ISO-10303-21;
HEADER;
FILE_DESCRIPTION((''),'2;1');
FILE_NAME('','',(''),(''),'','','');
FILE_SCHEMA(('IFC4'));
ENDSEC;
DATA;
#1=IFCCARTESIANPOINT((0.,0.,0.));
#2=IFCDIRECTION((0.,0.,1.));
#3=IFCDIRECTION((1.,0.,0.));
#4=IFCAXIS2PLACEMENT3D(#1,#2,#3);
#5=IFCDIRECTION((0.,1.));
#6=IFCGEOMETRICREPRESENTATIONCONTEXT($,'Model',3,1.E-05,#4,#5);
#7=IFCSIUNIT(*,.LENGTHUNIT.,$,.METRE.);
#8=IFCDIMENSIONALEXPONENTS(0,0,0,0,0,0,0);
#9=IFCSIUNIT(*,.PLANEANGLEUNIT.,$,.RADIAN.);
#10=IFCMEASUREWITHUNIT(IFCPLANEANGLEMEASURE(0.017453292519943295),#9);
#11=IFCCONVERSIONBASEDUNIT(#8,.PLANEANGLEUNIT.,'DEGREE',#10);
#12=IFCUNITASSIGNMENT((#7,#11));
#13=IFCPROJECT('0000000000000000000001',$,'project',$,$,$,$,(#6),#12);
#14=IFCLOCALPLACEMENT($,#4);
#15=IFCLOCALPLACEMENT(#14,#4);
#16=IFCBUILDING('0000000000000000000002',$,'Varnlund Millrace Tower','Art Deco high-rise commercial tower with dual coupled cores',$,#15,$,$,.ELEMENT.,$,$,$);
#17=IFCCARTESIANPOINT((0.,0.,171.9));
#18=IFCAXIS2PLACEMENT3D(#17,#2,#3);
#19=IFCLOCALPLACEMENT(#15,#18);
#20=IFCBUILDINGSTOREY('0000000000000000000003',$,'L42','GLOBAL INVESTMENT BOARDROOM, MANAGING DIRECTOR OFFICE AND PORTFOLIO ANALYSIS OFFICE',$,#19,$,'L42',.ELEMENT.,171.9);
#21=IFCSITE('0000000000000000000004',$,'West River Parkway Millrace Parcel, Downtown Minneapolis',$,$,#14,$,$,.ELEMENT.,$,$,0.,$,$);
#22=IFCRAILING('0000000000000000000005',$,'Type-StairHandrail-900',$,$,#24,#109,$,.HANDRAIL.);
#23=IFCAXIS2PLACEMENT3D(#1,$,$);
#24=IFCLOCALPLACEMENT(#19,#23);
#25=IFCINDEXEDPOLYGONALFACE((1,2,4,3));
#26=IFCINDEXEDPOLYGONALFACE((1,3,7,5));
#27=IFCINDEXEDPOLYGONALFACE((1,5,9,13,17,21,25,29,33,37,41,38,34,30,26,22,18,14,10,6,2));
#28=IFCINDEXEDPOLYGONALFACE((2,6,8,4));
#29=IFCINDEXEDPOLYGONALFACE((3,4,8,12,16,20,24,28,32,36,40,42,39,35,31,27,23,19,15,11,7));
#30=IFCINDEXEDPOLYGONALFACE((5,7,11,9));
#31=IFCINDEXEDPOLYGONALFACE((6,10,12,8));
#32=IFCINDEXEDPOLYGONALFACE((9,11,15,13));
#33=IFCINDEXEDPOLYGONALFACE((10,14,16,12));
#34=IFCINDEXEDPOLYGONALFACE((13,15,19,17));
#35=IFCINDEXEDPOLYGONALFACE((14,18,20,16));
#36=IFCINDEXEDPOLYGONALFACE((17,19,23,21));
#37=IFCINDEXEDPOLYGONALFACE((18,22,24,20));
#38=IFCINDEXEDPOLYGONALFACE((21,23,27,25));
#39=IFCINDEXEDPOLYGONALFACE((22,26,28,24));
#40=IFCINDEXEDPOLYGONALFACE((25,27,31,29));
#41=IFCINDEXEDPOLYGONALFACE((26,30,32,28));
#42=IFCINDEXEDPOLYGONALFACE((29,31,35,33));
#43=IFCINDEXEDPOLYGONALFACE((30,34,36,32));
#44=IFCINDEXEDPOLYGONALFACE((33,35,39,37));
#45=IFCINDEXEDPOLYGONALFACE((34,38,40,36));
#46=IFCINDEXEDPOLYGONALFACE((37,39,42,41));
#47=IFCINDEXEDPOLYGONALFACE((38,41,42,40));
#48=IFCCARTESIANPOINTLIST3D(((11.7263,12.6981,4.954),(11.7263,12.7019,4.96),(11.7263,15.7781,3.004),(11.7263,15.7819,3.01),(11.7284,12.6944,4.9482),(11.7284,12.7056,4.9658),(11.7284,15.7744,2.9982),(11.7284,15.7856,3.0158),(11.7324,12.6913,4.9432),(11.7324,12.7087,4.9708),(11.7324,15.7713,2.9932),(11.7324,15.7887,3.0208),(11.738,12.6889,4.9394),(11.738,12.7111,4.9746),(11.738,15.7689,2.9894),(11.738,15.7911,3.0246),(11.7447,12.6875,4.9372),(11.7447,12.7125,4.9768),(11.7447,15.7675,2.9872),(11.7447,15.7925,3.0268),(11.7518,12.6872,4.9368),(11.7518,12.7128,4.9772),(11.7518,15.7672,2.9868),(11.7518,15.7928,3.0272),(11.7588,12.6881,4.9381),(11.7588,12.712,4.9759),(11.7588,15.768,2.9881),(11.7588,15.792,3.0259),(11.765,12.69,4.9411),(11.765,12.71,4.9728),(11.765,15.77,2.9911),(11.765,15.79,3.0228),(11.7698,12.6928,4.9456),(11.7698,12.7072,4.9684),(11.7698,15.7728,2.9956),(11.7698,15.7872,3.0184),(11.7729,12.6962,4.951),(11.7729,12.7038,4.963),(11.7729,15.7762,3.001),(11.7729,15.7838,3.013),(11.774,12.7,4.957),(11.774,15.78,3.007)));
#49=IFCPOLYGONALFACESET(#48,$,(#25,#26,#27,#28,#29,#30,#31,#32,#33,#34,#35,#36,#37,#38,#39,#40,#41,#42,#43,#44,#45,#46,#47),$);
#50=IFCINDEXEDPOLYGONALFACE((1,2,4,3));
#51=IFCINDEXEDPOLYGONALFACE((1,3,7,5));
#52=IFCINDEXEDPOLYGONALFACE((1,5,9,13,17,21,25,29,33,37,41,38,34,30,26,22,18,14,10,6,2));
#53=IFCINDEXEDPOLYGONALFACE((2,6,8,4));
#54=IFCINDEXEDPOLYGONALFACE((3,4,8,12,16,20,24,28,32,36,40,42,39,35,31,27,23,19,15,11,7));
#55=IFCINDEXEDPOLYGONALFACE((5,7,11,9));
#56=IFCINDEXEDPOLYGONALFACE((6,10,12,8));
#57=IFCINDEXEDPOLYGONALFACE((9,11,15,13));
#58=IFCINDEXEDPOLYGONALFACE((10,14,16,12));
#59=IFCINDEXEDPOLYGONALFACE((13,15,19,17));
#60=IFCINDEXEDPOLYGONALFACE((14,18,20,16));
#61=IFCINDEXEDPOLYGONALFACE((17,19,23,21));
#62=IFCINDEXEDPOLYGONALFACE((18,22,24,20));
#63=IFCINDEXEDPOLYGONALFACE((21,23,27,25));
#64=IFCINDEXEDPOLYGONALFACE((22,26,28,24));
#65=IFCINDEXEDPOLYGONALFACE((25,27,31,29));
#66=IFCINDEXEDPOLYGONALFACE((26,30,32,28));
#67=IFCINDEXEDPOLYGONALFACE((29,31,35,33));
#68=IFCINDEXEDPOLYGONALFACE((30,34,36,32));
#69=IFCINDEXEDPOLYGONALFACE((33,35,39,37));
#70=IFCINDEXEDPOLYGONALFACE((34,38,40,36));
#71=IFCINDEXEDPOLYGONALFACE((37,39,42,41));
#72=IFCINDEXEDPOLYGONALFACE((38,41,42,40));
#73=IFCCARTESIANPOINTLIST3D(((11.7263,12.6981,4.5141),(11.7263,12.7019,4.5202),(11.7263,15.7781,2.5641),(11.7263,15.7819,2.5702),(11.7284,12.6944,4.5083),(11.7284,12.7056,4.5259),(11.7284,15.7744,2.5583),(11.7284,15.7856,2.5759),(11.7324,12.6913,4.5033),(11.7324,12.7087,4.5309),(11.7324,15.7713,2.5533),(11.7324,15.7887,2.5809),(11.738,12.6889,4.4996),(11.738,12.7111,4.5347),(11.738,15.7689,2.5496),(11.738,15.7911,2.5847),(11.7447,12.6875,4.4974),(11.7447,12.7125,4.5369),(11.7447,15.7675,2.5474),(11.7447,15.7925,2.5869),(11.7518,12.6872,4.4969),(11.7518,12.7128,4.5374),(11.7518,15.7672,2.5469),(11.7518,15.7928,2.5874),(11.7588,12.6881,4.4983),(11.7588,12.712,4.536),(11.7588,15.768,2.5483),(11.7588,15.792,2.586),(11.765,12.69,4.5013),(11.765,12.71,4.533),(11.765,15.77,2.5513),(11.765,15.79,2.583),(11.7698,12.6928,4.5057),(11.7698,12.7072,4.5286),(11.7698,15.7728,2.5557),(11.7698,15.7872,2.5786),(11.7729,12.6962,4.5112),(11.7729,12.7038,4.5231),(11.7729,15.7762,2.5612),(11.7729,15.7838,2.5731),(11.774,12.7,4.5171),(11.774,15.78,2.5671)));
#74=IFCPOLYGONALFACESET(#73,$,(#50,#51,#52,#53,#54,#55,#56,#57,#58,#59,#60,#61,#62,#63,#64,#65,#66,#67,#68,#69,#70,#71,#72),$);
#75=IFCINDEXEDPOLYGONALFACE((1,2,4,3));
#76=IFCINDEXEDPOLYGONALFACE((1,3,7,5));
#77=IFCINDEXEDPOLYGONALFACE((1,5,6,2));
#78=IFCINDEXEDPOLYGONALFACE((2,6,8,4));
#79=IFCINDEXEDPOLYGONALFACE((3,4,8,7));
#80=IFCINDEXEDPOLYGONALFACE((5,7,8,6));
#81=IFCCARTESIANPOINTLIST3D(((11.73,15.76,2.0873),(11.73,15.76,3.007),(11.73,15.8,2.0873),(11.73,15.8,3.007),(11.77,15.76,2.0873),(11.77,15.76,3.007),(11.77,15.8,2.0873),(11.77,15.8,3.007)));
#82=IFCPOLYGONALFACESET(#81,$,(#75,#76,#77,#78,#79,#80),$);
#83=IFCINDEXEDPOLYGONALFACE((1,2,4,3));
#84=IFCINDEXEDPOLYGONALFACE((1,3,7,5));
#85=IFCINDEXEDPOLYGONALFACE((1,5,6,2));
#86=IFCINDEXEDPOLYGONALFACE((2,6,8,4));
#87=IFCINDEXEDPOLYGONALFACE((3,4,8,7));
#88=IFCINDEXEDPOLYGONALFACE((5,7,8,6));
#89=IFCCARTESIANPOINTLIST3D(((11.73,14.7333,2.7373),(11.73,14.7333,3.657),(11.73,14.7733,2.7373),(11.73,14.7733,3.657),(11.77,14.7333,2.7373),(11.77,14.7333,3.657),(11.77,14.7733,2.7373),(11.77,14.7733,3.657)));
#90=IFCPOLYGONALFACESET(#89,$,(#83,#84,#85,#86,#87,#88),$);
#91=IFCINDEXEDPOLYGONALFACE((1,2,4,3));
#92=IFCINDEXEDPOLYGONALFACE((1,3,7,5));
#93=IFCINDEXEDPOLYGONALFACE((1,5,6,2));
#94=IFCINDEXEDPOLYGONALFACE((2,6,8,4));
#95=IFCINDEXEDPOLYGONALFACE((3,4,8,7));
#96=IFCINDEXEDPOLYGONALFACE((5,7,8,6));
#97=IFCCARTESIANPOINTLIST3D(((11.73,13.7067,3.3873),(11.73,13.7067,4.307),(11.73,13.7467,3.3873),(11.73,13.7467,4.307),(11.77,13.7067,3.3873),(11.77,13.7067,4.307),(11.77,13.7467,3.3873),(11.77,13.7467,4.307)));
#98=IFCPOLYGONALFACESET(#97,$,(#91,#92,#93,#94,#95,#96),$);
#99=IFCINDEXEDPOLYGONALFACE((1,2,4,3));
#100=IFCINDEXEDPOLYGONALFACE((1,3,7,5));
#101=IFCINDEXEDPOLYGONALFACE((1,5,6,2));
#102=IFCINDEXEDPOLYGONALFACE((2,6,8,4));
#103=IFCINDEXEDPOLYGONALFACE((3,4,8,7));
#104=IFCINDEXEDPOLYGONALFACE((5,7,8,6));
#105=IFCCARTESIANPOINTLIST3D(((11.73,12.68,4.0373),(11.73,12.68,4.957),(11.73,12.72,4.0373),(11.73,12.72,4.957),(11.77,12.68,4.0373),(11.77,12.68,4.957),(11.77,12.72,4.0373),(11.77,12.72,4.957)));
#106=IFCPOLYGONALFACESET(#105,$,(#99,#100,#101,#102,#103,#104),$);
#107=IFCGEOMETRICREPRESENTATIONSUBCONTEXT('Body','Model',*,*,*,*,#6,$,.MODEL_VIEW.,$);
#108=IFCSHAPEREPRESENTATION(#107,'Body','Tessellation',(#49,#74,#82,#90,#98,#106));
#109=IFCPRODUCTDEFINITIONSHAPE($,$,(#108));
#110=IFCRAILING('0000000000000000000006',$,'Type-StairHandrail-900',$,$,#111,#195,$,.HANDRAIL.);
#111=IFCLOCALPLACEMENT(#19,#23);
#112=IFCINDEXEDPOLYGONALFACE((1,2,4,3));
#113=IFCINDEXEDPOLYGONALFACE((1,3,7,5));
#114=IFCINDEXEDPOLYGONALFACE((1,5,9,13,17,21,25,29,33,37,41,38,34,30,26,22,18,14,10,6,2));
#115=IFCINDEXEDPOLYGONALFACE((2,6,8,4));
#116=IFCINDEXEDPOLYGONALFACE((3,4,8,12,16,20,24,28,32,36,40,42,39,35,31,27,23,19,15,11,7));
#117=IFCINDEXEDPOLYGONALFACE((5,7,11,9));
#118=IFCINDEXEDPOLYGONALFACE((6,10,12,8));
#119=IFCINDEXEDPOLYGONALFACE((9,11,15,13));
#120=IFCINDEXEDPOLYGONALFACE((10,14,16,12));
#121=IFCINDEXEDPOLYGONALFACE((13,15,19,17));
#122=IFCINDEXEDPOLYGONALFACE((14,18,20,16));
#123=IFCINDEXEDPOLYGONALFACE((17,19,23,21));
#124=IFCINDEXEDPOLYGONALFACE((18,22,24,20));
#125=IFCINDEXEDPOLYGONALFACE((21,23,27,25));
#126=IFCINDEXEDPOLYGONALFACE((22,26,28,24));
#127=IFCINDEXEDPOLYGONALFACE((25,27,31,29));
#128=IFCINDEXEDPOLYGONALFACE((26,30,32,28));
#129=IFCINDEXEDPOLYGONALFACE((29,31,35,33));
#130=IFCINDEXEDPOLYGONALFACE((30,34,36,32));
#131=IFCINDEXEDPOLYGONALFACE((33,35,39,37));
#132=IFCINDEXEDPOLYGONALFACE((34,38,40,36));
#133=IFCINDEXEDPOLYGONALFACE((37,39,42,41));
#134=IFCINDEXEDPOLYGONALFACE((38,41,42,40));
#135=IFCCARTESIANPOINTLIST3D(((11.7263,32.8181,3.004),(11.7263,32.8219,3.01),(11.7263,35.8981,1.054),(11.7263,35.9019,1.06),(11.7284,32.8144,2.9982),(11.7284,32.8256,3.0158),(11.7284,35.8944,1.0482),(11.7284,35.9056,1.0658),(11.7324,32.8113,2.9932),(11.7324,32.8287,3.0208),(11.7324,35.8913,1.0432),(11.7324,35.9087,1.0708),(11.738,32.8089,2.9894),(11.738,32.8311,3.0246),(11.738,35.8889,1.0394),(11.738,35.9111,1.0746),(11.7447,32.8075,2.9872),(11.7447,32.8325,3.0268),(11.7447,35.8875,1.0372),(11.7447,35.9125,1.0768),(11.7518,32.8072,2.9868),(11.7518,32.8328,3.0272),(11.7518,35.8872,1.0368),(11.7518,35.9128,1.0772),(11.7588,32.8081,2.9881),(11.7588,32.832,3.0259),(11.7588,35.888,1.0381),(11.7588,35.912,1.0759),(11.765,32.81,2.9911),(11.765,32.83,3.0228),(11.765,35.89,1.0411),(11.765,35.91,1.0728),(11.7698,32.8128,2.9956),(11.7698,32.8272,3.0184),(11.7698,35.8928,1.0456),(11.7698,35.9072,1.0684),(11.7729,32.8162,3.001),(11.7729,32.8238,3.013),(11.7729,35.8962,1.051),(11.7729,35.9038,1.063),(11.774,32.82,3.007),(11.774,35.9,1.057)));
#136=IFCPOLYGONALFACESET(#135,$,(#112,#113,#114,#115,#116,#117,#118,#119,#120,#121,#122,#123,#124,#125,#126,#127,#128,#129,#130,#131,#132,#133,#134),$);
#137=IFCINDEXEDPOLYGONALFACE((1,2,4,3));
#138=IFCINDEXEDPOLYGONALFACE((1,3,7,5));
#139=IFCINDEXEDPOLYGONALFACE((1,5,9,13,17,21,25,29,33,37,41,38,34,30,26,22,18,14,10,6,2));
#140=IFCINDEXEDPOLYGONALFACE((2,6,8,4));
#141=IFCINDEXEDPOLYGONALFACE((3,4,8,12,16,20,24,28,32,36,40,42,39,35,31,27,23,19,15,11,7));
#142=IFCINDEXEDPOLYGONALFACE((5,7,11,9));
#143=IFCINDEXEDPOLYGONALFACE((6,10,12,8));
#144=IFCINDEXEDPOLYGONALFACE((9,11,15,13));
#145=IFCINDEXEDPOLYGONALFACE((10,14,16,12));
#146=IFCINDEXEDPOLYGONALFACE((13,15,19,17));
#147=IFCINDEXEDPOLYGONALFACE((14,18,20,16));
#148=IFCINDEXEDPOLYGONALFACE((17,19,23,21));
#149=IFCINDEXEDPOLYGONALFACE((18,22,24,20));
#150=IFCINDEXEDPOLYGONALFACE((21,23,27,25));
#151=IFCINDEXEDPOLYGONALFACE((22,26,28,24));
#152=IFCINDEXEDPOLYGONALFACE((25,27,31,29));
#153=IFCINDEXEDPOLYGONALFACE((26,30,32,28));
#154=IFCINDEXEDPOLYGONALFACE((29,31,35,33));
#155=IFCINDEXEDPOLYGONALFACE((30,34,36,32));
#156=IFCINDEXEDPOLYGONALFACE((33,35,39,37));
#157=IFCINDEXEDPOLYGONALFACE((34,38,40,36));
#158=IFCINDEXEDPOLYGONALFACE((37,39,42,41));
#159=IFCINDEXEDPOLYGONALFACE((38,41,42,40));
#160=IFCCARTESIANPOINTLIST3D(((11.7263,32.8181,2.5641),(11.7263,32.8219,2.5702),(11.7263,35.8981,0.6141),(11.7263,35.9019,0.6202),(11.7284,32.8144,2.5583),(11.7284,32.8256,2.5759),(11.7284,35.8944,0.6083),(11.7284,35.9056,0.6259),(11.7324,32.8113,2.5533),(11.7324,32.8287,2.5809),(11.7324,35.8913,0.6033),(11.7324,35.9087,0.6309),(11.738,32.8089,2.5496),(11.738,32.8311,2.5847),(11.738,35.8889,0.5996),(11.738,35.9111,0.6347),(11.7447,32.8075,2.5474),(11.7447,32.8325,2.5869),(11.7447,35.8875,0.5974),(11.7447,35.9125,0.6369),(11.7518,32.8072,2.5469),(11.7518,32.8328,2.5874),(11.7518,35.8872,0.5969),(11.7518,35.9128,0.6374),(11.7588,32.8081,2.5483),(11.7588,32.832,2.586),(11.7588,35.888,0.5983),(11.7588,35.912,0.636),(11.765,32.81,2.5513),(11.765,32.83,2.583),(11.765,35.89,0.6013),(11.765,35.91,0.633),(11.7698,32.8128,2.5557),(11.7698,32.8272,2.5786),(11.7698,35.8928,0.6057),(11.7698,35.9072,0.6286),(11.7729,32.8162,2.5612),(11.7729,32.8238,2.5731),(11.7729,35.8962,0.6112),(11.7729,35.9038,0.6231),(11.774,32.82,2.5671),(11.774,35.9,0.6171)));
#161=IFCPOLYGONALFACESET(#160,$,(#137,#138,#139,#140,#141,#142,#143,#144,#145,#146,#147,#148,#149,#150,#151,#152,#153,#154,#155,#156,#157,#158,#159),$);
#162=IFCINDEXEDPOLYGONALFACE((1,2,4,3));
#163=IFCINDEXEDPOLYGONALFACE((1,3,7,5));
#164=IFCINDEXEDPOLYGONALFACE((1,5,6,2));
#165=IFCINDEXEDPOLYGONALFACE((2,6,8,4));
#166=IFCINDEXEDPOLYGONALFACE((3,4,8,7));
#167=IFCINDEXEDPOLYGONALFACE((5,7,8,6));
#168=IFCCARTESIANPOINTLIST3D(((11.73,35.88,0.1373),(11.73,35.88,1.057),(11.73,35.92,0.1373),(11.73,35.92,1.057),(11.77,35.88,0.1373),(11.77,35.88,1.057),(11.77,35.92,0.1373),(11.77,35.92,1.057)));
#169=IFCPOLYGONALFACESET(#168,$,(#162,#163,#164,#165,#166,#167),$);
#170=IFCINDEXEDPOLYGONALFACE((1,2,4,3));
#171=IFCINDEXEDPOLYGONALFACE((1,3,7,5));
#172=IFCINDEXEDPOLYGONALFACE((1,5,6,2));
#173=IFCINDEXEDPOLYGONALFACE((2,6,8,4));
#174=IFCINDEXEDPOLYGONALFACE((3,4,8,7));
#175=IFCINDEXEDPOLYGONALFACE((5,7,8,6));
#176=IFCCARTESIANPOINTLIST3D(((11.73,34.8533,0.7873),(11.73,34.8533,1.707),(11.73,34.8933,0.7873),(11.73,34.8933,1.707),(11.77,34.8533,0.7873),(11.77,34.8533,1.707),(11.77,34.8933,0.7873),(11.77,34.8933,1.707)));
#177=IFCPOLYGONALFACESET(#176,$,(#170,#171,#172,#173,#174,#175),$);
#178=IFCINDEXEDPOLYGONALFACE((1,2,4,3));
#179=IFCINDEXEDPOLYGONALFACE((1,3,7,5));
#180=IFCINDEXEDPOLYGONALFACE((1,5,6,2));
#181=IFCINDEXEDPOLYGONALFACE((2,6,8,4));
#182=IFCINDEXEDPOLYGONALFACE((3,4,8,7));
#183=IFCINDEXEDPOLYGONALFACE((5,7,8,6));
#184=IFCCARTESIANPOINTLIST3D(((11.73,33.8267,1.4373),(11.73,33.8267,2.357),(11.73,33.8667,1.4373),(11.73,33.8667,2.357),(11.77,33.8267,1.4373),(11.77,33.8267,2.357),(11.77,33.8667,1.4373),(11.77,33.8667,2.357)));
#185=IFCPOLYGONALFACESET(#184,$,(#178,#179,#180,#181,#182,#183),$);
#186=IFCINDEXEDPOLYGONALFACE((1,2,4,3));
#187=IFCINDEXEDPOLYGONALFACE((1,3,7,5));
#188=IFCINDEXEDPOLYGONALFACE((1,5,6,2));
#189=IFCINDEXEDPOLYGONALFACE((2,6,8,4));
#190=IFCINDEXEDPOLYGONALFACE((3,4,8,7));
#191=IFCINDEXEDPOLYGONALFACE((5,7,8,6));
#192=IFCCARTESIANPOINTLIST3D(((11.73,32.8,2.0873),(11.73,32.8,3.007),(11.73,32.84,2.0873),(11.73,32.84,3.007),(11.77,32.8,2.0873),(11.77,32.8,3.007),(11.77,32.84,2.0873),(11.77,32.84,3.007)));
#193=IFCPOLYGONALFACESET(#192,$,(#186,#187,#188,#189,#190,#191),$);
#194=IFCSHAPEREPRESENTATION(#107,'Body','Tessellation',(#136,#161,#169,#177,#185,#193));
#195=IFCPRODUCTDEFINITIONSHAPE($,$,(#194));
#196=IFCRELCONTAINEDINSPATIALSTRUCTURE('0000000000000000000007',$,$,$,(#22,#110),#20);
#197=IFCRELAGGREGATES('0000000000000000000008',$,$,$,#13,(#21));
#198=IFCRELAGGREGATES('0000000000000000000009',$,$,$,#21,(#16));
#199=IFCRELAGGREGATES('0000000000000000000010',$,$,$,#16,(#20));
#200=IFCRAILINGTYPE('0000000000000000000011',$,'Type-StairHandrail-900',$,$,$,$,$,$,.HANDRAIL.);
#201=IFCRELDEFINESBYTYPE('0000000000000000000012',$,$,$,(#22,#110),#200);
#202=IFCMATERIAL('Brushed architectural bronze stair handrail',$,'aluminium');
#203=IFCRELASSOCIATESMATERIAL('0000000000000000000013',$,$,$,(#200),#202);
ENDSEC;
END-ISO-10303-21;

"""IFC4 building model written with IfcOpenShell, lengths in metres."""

from ifc_helpers import new_model, entity, si_unit, converted_unit, direction, frame, origin_with_axes, origin_2d_with_axis, place, context, subcontext, project, spatial, rectangle, circle, extrude, material, type_object, element, save


model = new_model("IFC4")

# Units and contexts
model_context = context("Model", 3, precision=1e-05, world=origin_with_axes(), true_north=direction((0.0, 1.0)))
body_context = subcontext(model_context, "Body", "Model", "MODEL_VIEW")
ifc_project = project(units=[si_unit("LENGTHUNIT", "METRE"), converted_unit("PLANEANGLEUNIT", "DEGREE", entity("IfcPlaneAngleMeasure", 0.017453292519943295), si_unit("PLANEANGLEUNIT", "RADIAN"), dimensions=[0, 0, 0, 0, 0, 0, 0])], contexts=[model_context])

# Site, building, storey
site_placement = place(None, origin_with_axes())
site = spatial("IfcSite", under=ifc_project, at=site_placement, Name="West River Parkway Millrace Parcel, Downtown Minneapolis", CompositionType="ELEMENT", RefElevation=0.0)
building_placement = place(site_placement, origin_with_axes())
building = spatial("IfcBuilding", under=site, at=building_placement, Name="Varnlund Millrace Tower", Description="Art Deco high-rise commercial tower with dual coupled cores", CompositionType="ELEMENT")
storey_placement = place(building_placement, frame((0.0, 0.0, 171.9), z_axis=(0.0, 0.0, 1.0), x_axis=(1.0, 0.0, 0.0)))
storey = spatial("IfcBuildingStorey", under=building, at=storey_placement, Name="L42", Description="GLOBAL INVESTMENT BOARDROOM, MANAGING DIRECTOR OFFICE AND PORTFOLIO ANALYSIS OFFICE", LongName="L42", CompositionType="ELEMENT", Elevation=171.9)

# Railings
ifc_material_1 = material(Name="Brushed architectural bronze stair handrail", Category="aluminium")
railing_type_1 = type_object("IfcRailingType", Name="Type-StairHandrail-900", PredefinedType="HANDRAIL", material=ifc_material_1)
railing_1_placement = place(storey_placement, frame((0.0, 0.0, -171.9), z_axis=(0.0, 0.0, 1.0), x_axis=(1.0, 0.0, 0.0)))
element("IfcRailing", 1, at=railing_1_placement, inside=storey, type_object=railing_type_1, Name="Type-StairHandrail-900", PredefinedType="HANDRAIL", context=body_context, shape_type="SweptSolid", body=[
    extrude(circle(Radius=0.024, at=origin_2d_with_axis()), frame((11.75, 15.78, 174.907), z_axis=(0.0, -0.844902, 0.534922), x_axis=(1.0, 0.0, 0.0)), (0.0, 0.0, 1.0), 3.6454),
    extrude(circle(Radius=0.024, at=origin_2d_with_axis()), frame((11.75, 15.78, 174.4671), z_axis=(0.0, -0.844902, 0.534922), x_axis=(1.0, 0.0, 0.0)), (0.0, 0.0, 1.0), 3.6454),
    extrude(rectangle(XDim=0.04, YDim=0.04, at=origin_2d_with_axis()), frame((11.75, 15.78, 173.9873), z_axis=(0.0, 0.0, 1.0), x_axis=(1.0, 0.0, 0.0)), (0.0, 0.0, 1.0), 0.9197),
    extrude(rectangle(XDim=0.04, YDim=0.04, at=origin_2d_with_axis()), frame((11.75, 14.7533, 174.6373), z_axis=(0.0, 0.0, 1.0), x_axis=(1.0, 0.0, 0.0)), (0.0, 0.0, 1.0), 0.9197),
    extrude(rectangle(XDim=0.04, YDim=0.04, at=origin_2d_with_axis()), frame((11.75, 13.7267, 175.2873), z_axis=(0.0, 0.0, 1.0), x_axis=(1.0, 0.0, 0.0)), (0.0, 0.0, 1.0), 0.9197),
    extrude(rectangle(XDim=0.04, YDim=0.04, at=origin_2d_with_axis()), frame((11.75, 12.7, 175.9373), z_axis=(0.0, 0.0, 1.0), x_axis=(1.0, 0.0, 0.0)), (0.0, 0.0, 1.0), 0.9197),
])
railing_2_placement = place(storey_placement, frame((0.0, 0.0, -171.9), z_axis=(0.0, 0.0, 1.0), x_axis=(1.0, 0.0, 0.0)))
element("IfcRailing", 2, at=railing_2_placement, inside=storey, type_object=railing_type_1, Name="Type-StairHandrail-900", PredefinedType="HANDRAIL", context=body_context, shape_type="SweptSolid", body=[
    extrude(circle(Radius=0.024, at=origin_2d_with_axis()), frame((11.75, 35.9, 172.957), z_axis=(0.0, -0.844902, 0.534922), x_axis=(1.0, 0.0, 0.0)), (0.0, 0.0, 1.0), 3.6454),
    extrude(circle(Radius=0.024, at=origin_2d_with_axis()), frame((11.75, 35.9, 172.5171), z_axis=(0.0, -0.844902, 0.534922), x_axis=(1.0, 0.0, 0.0)), (0.0, 0.0, 1.0), 3.6454),
    extrude(rectangle(XDim=0.04, YDim=0.04, at=origin_2d_with_axis()), frame((11.75, 35.9, 172.0373), z_axis=(0.0, 0.0, 1.0), x_axis=(1.0, 0.0, 0.0)), (0.0, 0.0, 1.0), 0.9197),
    extrude(rectangle(XDim=0.04, YDim=0.04, at=origin_2d_with_axis()), frame((11.75, 34.8733, 172.6873), z_axis=(0.0, 0.0, 1.0), x_axis=(1.0, 0.0, 0.0)), (0.0, 0.0, 1.0), 0.9197),
    extrude(rectangle(XDim=0.04, YDim=0.04, at=origin_2d_with_axis()), frame((11.75, 33.8467, 173.3373), z_axis=(0.0, 0.0, 1.0), x_axis=(1.0, 0.0, 0.0)), (0.0, 0.0, 1.0), 0.9197),
    extrude(rectangle(XDim=0.04, YDim=0.04, at=origin_2d_with_axis()), frame((11.75, 32.82, 173.9873), z_axis=(0.0, 0.0, 1.0), x_axis=(1.0, 0.0, 0.0)), (0.0, 0.0, 1.0), 0.9197),
])

save(model, "model.ifc")
